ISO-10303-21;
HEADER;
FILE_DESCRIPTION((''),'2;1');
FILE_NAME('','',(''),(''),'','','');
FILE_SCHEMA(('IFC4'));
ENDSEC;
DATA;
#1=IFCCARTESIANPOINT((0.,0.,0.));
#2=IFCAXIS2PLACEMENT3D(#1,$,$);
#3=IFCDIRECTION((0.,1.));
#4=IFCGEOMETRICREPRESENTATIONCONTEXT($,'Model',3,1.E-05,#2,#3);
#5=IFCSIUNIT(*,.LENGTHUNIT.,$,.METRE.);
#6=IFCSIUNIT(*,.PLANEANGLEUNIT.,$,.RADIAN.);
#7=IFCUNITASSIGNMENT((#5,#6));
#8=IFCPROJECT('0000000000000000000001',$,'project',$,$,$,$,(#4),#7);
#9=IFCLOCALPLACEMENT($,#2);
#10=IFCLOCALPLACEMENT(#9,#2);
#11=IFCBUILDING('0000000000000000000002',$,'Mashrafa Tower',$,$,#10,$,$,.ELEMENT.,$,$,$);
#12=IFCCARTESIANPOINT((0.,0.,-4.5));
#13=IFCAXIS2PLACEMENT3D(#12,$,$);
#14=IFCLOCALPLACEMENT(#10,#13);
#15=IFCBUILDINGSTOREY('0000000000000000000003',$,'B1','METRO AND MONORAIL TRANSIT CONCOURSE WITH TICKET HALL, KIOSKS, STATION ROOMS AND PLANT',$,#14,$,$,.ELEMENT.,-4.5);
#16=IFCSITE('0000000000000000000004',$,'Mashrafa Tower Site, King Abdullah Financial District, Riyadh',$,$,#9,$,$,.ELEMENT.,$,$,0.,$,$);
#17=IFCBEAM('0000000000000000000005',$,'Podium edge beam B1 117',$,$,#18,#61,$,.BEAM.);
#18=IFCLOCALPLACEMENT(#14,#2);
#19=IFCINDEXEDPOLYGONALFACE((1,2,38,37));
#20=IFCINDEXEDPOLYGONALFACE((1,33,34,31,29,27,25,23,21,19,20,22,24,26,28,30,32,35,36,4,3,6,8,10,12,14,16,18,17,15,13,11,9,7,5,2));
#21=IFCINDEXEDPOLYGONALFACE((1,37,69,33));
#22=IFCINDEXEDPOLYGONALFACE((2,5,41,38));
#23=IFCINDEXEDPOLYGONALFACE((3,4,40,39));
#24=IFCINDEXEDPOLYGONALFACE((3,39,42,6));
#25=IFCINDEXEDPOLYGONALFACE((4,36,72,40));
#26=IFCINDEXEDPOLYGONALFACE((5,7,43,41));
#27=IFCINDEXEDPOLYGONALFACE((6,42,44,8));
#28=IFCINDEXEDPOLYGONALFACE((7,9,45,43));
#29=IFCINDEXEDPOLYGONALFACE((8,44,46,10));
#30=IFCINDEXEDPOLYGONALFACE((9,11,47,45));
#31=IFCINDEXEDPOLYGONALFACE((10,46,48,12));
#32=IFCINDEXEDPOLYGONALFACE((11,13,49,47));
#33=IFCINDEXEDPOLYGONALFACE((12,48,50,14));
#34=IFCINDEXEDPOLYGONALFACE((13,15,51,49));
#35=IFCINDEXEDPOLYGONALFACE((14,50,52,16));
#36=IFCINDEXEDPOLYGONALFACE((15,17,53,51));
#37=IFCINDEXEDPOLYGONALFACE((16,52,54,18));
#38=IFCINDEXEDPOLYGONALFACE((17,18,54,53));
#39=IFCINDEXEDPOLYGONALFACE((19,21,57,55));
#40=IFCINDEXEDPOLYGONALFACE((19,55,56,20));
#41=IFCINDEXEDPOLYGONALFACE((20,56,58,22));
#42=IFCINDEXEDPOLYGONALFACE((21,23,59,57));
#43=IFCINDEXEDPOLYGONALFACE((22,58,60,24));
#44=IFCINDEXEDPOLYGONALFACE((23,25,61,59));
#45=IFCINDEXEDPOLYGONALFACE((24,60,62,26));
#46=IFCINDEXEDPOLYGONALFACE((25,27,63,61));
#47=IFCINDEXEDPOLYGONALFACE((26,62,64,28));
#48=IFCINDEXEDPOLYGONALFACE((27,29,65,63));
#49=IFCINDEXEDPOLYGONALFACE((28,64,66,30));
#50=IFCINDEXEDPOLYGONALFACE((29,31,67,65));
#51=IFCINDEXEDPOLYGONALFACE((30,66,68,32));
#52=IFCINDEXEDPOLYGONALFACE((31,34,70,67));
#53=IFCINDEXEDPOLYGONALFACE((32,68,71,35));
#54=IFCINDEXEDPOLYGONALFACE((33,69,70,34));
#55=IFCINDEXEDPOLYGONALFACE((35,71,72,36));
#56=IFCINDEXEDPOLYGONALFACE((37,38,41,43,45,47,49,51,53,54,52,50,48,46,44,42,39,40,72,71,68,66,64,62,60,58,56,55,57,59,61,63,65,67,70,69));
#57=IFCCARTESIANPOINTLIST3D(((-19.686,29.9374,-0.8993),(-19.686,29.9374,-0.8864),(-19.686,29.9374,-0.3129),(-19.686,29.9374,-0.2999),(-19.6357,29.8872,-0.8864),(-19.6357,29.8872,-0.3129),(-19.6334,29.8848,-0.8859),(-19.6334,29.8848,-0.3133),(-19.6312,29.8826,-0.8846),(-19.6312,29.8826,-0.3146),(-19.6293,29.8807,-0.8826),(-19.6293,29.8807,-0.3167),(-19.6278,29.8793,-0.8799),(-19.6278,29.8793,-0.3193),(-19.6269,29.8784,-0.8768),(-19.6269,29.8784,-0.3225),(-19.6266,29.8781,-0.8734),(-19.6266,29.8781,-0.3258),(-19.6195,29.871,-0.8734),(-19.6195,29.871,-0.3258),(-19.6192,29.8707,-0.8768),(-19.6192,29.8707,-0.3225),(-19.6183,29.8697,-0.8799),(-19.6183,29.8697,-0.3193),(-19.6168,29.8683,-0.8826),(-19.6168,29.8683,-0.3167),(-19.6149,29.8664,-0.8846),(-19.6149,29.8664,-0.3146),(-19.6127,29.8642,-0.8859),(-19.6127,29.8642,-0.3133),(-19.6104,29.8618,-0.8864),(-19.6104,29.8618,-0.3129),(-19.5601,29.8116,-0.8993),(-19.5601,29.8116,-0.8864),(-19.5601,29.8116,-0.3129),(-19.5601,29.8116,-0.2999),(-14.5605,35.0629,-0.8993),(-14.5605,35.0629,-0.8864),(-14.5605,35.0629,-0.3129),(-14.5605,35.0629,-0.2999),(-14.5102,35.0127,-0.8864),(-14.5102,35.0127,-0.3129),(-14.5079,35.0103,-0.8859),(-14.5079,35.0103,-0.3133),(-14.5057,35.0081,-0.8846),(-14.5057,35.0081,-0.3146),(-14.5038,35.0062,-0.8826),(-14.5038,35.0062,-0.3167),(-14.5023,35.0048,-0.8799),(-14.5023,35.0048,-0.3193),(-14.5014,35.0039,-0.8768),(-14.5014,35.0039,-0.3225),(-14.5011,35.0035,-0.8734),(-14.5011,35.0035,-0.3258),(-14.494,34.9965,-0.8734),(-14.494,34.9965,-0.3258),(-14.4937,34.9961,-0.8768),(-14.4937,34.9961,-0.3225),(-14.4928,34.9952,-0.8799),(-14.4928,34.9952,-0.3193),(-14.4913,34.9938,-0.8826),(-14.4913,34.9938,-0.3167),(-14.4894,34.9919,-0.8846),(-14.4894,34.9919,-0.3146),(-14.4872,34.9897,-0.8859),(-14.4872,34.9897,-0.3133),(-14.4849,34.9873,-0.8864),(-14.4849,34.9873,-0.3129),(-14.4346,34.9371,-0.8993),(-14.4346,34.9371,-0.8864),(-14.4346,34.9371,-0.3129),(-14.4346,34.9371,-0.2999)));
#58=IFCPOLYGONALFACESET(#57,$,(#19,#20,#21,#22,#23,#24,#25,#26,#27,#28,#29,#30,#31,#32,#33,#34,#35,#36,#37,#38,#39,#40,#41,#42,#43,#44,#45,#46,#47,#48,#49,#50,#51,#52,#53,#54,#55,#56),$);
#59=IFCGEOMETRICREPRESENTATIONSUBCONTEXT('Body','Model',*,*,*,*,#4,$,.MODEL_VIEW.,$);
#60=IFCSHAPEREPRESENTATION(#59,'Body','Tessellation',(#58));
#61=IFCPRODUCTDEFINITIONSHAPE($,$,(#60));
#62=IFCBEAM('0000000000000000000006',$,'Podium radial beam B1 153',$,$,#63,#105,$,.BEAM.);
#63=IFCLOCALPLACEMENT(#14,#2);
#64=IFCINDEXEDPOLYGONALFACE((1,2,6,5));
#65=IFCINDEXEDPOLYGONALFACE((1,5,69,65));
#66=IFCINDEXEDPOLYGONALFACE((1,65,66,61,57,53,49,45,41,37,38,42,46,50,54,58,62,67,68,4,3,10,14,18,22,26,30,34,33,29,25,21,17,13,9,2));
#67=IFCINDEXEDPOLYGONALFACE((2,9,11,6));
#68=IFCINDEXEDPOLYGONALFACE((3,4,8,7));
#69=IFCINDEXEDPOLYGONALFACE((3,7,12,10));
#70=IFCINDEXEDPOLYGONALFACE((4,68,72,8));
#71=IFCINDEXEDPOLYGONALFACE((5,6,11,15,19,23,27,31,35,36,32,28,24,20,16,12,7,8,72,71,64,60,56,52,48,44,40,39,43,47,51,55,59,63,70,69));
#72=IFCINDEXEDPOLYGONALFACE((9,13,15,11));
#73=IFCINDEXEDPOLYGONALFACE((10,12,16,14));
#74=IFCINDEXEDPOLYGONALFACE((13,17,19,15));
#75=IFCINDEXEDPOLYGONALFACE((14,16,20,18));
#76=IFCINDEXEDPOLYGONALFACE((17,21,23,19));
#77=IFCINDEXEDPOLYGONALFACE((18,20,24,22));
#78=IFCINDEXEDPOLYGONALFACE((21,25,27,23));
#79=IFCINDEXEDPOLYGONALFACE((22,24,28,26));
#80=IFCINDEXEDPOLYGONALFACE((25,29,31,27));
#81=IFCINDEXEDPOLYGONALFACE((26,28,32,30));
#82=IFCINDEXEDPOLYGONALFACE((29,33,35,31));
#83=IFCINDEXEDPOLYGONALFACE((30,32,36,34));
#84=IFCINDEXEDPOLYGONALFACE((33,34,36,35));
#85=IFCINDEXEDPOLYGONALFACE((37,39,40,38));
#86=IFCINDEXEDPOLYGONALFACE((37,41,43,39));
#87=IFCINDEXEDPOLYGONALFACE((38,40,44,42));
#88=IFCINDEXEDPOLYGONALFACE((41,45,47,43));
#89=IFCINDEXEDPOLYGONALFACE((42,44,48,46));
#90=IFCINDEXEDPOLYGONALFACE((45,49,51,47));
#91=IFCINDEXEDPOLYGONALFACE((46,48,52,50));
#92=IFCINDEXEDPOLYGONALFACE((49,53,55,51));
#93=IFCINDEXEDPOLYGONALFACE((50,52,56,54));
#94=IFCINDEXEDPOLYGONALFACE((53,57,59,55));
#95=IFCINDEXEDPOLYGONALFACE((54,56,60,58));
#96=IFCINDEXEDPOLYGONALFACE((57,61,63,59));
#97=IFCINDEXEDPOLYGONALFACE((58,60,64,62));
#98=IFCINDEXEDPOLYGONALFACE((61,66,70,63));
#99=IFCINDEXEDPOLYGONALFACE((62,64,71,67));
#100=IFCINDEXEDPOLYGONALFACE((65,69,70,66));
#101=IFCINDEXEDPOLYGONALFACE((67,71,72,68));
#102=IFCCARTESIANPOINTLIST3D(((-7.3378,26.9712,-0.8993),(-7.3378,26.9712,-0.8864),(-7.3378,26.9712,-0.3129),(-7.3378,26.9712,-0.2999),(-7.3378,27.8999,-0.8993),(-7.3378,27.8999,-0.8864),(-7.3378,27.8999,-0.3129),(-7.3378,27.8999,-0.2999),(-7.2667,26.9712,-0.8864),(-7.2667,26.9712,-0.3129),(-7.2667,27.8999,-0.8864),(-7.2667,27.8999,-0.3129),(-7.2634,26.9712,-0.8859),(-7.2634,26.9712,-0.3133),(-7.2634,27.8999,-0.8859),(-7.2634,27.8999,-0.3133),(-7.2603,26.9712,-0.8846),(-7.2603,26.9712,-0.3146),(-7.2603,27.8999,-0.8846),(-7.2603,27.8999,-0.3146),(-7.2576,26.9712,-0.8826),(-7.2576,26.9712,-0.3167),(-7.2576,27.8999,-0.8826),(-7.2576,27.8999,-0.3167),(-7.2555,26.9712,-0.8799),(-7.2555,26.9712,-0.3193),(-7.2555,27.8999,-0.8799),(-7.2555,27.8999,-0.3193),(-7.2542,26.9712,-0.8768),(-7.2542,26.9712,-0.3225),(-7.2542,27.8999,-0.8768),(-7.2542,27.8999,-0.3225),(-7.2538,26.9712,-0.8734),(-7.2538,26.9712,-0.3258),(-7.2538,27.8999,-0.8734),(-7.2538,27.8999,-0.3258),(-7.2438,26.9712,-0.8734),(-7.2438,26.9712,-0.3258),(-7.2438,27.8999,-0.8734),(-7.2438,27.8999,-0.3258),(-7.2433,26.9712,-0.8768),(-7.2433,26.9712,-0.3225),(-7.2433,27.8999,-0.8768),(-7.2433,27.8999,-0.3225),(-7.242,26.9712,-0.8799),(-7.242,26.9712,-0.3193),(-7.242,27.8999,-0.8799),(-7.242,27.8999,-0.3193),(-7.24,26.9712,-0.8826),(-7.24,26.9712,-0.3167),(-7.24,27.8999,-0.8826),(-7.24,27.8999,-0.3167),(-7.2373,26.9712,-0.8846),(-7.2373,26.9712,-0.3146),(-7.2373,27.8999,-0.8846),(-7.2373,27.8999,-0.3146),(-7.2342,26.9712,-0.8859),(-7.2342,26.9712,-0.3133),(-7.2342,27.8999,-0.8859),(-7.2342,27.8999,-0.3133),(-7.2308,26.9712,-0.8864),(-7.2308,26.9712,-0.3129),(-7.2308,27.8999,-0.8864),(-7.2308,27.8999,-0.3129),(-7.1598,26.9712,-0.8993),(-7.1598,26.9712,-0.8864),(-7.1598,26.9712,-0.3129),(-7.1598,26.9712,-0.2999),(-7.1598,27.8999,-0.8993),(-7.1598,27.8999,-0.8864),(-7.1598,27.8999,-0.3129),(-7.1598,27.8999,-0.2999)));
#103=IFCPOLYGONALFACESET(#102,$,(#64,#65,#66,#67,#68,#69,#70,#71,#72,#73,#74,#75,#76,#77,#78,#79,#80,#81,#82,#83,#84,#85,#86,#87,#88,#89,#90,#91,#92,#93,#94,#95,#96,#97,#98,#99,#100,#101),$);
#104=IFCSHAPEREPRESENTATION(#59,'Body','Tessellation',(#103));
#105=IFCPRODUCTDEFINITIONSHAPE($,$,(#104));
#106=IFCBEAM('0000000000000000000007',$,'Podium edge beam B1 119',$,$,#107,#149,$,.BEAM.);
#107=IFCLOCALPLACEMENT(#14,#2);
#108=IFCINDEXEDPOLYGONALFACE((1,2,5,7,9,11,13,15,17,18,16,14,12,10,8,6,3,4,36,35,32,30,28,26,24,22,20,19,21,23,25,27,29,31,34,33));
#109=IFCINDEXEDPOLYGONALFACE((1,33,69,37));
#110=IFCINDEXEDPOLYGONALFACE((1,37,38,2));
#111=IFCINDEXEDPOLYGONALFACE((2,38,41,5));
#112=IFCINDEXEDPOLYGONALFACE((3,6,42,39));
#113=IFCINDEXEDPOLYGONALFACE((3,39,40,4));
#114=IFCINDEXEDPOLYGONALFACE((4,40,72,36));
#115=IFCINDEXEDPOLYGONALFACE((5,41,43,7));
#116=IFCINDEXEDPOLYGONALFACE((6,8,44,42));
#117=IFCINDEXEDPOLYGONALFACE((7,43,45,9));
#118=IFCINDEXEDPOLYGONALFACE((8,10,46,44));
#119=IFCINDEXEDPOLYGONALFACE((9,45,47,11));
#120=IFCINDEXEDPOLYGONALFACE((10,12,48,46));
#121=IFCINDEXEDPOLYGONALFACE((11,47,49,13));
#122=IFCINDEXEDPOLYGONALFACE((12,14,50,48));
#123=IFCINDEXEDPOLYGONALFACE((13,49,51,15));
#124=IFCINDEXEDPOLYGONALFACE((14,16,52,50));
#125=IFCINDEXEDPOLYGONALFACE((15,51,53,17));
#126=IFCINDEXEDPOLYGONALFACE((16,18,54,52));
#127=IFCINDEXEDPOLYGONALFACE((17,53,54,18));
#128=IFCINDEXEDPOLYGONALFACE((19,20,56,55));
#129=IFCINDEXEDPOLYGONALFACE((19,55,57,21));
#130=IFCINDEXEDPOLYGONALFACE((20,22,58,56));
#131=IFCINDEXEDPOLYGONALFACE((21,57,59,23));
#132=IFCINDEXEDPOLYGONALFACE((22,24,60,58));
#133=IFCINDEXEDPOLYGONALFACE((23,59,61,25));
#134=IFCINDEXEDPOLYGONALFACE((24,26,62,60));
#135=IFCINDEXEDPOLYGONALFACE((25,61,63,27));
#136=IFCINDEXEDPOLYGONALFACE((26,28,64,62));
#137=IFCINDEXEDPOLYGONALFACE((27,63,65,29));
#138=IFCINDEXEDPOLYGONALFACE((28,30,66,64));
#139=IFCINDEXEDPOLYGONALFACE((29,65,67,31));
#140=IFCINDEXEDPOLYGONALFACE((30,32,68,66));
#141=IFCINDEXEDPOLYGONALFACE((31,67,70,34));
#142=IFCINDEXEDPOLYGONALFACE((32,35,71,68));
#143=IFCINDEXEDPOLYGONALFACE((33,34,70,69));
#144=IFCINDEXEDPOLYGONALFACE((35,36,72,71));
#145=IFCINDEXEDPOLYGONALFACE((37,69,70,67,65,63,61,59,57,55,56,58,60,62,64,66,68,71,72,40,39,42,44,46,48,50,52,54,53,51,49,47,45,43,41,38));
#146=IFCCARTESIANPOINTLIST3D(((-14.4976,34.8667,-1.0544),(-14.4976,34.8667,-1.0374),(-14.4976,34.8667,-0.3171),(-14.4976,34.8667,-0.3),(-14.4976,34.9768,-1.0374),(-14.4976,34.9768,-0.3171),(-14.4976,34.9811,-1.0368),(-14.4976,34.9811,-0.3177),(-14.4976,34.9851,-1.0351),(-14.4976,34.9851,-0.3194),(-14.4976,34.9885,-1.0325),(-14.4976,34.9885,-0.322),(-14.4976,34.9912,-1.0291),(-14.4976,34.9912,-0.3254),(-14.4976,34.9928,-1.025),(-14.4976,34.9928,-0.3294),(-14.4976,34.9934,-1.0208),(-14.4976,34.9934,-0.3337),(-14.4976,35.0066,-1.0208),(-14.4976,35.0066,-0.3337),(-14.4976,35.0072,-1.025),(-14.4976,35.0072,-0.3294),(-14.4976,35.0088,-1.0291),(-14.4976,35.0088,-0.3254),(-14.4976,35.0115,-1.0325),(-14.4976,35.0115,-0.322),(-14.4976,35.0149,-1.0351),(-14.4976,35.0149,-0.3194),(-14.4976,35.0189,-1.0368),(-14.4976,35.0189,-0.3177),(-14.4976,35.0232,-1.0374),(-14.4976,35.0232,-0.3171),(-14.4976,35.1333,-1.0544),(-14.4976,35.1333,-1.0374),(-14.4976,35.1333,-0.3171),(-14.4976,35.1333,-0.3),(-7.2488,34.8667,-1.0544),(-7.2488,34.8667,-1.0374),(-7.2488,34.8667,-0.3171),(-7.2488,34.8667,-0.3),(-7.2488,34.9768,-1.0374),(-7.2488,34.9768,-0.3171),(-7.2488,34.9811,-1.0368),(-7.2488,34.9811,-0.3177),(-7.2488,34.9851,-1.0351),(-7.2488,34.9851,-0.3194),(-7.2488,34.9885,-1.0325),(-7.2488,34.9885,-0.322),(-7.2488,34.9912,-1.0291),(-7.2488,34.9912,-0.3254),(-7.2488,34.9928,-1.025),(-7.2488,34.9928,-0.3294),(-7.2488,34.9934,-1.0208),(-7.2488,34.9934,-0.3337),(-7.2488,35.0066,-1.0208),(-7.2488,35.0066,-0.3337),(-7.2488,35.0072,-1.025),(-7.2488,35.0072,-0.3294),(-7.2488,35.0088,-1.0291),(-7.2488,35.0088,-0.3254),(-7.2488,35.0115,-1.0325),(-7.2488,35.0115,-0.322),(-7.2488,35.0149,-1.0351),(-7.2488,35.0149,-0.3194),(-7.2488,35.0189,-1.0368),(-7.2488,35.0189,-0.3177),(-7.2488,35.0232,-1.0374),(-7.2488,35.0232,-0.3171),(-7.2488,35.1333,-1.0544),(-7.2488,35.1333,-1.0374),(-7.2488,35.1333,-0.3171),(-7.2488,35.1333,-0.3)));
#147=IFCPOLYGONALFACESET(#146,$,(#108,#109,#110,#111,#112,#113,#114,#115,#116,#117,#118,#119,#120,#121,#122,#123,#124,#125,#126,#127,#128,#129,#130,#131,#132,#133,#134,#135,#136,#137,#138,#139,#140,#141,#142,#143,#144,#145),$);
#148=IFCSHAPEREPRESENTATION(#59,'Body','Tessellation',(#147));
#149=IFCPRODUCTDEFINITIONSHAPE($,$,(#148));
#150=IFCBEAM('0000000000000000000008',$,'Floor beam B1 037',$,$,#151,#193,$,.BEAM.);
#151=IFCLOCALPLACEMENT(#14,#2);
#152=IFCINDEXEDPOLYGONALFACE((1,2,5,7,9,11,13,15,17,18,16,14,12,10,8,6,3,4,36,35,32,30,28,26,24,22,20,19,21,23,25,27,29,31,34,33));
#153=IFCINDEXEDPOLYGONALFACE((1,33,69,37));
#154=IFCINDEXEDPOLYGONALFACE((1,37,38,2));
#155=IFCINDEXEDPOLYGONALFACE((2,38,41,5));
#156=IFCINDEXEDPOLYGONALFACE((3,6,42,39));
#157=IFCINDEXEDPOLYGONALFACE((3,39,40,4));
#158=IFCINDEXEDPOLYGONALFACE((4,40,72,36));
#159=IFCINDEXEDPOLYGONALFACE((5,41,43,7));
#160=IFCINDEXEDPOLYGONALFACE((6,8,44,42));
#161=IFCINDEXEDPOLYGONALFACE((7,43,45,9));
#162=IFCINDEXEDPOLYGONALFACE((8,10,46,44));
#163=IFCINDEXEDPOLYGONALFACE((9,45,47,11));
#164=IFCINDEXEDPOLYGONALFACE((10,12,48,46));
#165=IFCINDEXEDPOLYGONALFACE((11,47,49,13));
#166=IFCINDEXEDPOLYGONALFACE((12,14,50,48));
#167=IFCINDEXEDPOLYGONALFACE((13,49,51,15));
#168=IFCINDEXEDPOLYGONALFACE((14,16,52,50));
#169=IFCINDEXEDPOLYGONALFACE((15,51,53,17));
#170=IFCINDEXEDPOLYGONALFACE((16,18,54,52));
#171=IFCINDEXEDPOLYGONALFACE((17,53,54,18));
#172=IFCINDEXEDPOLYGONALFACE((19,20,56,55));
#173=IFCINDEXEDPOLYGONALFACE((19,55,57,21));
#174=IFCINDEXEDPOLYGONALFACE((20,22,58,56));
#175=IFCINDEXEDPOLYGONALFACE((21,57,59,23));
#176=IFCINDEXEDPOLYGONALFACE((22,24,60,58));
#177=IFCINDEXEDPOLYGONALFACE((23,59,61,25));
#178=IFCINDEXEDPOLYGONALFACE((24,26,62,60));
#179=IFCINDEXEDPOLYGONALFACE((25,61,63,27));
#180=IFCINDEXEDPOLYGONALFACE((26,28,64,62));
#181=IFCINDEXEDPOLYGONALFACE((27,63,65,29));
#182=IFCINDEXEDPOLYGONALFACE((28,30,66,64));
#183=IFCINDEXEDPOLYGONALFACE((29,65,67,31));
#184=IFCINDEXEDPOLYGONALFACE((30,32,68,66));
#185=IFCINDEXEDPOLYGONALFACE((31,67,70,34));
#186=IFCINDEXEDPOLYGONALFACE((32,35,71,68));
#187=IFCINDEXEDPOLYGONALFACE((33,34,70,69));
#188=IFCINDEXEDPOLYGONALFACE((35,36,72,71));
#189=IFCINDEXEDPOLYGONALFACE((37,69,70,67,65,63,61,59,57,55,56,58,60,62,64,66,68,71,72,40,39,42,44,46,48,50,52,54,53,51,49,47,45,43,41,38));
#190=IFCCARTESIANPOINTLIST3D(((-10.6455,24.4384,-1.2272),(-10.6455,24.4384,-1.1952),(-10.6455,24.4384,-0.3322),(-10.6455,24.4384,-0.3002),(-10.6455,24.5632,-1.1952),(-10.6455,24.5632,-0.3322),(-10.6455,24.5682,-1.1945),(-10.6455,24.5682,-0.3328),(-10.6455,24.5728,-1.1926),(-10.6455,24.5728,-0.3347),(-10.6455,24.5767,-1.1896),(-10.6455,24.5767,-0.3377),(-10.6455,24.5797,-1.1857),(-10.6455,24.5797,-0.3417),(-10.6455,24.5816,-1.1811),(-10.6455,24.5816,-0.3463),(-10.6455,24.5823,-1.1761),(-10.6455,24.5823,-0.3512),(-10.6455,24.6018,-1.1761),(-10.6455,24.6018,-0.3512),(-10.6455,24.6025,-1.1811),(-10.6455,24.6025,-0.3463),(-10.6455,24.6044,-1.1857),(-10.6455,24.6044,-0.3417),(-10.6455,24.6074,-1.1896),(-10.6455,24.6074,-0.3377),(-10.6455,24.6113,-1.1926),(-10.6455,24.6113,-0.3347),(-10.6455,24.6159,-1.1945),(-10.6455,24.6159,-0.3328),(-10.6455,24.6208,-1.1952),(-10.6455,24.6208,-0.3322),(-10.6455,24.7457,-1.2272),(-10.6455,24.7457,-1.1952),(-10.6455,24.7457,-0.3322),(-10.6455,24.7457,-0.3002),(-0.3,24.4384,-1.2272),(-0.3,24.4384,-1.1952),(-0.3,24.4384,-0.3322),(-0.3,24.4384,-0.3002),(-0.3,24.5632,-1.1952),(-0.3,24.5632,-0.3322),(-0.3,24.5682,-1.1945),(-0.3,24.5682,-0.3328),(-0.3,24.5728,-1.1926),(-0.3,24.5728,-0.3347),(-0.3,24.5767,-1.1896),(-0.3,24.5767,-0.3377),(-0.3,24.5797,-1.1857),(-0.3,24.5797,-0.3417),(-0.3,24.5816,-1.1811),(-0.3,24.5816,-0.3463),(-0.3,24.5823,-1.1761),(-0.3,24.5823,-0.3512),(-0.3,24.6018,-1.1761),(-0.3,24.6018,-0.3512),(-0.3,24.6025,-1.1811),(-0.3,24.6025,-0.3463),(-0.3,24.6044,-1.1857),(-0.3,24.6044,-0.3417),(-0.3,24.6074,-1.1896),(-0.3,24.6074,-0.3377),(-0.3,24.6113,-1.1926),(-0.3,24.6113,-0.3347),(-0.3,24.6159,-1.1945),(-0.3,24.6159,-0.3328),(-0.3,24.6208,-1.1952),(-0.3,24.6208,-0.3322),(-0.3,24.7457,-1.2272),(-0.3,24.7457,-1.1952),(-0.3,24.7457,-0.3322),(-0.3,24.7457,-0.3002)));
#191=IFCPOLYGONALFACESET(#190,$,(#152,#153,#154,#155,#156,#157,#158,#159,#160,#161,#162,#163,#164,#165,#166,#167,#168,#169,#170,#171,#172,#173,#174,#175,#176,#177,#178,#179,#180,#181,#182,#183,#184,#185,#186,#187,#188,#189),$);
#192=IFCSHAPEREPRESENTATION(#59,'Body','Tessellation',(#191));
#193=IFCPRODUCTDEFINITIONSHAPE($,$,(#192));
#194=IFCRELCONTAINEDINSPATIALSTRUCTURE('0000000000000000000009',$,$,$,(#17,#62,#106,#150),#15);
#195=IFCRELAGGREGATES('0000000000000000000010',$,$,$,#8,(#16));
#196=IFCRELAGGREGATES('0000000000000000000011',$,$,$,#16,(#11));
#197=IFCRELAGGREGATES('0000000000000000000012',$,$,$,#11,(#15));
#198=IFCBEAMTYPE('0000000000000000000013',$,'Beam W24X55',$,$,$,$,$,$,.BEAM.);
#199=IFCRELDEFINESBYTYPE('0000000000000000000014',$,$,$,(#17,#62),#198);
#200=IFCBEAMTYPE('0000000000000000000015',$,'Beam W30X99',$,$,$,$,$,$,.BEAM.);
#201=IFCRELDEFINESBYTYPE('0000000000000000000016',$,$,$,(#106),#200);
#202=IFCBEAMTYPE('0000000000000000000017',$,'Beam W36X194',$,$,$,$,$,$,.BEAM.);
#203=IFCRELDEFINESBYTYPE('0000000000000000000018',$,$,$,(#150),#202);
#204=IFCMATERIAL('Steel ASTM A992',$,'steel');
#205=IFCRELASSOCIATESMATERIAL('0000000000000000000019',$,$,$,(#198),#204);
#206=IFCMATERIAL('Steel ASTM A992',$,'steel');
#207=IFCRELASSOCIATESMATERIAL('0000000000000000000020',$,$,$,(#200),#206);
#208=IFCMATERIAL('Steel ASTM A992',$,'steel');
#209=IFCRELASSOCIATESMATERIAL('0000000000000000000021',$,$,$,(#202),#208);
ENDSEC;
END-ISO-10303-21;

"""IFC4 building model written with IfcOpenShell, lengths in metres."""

from ifc_helpers import new_model, si_unit, direction, frame, origin, origin_2d, place, context, subcontext, project, spatial, i_section, extrude, material, material_profile, profile_set, type_object, element, save


model = new_model("IFC4")

# Units and contexts
model_context = context("Model", 3, precision=1e-05, world=origin(), true_north=direction((0.0, 1.0)))
body_context = subcontext(model_context, "Body", "Model", "MODEL_VIEW")
ifc_project = project(units=[si_unit("LENGTHUNIT", "METRE"), si_unit("PLANEANGLEUNIT", "RADIAN")], contexts=[model_context])

# Site, building, storey
site_placement = place(None, origin())
site = spatial("IfcSite", under=ifc_project, at=site_placement, Name="Mashrafa Tower Site, King Abdullah Financial District, Riyadh", CompositionType="ELEMENT", RefElevation=0.0)
building_placement = place(site_placement, origin())
building = spatial("IfcBuilding", under=site, at=building_placement, Name="Mashrafa Tower", CompositionType="ELEMENT")
storey_placement = place(building_placement, frame((0.0, 0.0, -4.5)))
storey = spatial("IfcBuildingStorey", under=building, at=storey_placement, Name="B1", Description="METRO AND MONORAIL TRANSIT CONCOURSE WITH TICKET HALL, KIOSKS, STATION ROOMS AND PLANT", CompositionType="ELEMENT", Elevation=-4.5)

# Beams
ifc_material_1 = material(Name="Steel ASTM A992", Category="steel")
ifc_material_profile_1 = material_profile(ifc_material_1, i_section(OverallWidth=0.178, OverallDepth=0.5994, WebThickness=0.01, FlangeThickness=0.0129, FilletRadius=0.0129, at=origin_2d()), Name="W24X55")
ifc_profile_set_1 = profile_set([ifc_material_profile_1], Name="Steel ASTM A992")
beam_type_1 = type_object("IfcBeamType", Name="Beam W24X55", PredefinedType="BEAM", material=ifc_profile_set_1)
beam_1_placement = place(storey_placement, frame((-14.4976, 35.0, -0.5996), z_axis=(-0.707107, -0.707107, 0.0), x_axis=(0.707107, -0.707107, 0.0)))
element("IfcBeam", 1, at=beam_1_placement, inside=storey, type_object=beam_type_1, Name="Podium edge beam B1 117", PredefinedType="BEAM", context=body_context, shape_type="SweptSolid", body=[
    extrude(i_section(OverallWidth=0.178, OverallDepth=0.5994, WebThickness=0.01, FlangeThickness=0.0129, FilletRadius=0.0129, at=origin_2d()), origin(), (0.0, 0.0, 1.0), 7.2485),
])
beam_2_placement = place(storey_placement, frame((-7.2488, 26.9712, -0.5996), z_axis=(0.0, 1.0, 0.0), x_axis=(-1.0, 0.0, 0.0)))
element("IfcBeam", 2, at=beam_2_placement, inside=storey, type_object=beam_type_1, Name="Podium radial beam B1 153", PredefinedType="BEAM", context=body_context, shape_type="SweptSolid", body=[
    extrude(i_section(OverallWidth=0.178, OverallDepth=0.5994, WebThickness=0.01, FlangeThickness=0.0129, FilletRadius=0.0129, at=origin_2d()), origin(), (0.0, 0.0, 1.0), 0.9287),
])
ifc_material_2 = material(Name="Steel ASTM A992", Category="steel")
ifc_material_profile_2 = material_profile(ifc_material_2, i_section(OverallWidth=0.2666, OverallDepth=0.7544, WebThickness=0.0132, FlangeThickness=0.0171, FilletRadius=0.0166, at=origin_2d()), Name="W30X99")
ifc_profile_set_2 = profile_set([ifc_material_profile_2], Name="Steel ASTM A992")
beam_type_2 = type_object("IfcBeamType", Name="Beam W30X99", PredefinedType="BEAM", material=ifc_profile_set_2)
beam_3_placement = place(storey_placement, frame((-7.2488, 35.0, -0.6772), z_axis=(-1.0, 0.0, 0.0), x_axis=(0.0, -1.0, 0.0)))
element("IfcBeam", 3, at=beam_3_placement, inside=storey, type_object=beam_type_2, Name="Podium edge beam B1 119", PredefinedType="BEAM", context=body_context, shape_type="SweptSolid", body=[
    extrude(i_section(OverallWidth=0.2666, OverallDepth=0.7544, WebThickness=0.0132, FlangeThickness=0.0171, FilletRadius=0.0166, at=origin_2d()), origin(), (0.0, 0.0, 1.0), 7.2488),
])
ifc_material_3 = material(Name="Steel ASTM A992", Category="steel")
ifc_material_profile_3 = material_profile(ifc_material_3, i_section(OverallWidth=0.3074, OverallDepth=0.927, WebThickness=0.0195, FlangeThickness=0.032, FilletRadius=0.019, at=origin_2d()), Name="W36X194")
ifc_profile_set_3 = profile_set([ifc_material_profile_3], Name="Steel ASTM A992")
beam_type_3 = type_object("IfcBeamType", Name="Beam W36X194", PredefinedType="BEAM", material=ifc_profile_set_3)
beam_4_placement = place(storey_placement, frame((-10.6455, 24.592, -0.7637), z_axis=(1.0, 0.0, 0.0), x_axis=(0.0, 1.0, 0.0)))
element("IfcBeam", 4, at=beam_4_placement, inside=storey, type_object=beam_type_3, Name="Floor beam B1 037", PredefinedType="BEAM", context=body_context, shape_type="SweptSolid", body=[
    extrude(i_section(OverallWidth=0.3074, OverallDepth=0.927, WebThickness=0.0195, FlangeThickness=0.032, FilletRadius=0.019, at=origin_2d()), origin(), (0.0, 0.0, 1.0), 10.3455),
])

save(model, "model.ifc")
